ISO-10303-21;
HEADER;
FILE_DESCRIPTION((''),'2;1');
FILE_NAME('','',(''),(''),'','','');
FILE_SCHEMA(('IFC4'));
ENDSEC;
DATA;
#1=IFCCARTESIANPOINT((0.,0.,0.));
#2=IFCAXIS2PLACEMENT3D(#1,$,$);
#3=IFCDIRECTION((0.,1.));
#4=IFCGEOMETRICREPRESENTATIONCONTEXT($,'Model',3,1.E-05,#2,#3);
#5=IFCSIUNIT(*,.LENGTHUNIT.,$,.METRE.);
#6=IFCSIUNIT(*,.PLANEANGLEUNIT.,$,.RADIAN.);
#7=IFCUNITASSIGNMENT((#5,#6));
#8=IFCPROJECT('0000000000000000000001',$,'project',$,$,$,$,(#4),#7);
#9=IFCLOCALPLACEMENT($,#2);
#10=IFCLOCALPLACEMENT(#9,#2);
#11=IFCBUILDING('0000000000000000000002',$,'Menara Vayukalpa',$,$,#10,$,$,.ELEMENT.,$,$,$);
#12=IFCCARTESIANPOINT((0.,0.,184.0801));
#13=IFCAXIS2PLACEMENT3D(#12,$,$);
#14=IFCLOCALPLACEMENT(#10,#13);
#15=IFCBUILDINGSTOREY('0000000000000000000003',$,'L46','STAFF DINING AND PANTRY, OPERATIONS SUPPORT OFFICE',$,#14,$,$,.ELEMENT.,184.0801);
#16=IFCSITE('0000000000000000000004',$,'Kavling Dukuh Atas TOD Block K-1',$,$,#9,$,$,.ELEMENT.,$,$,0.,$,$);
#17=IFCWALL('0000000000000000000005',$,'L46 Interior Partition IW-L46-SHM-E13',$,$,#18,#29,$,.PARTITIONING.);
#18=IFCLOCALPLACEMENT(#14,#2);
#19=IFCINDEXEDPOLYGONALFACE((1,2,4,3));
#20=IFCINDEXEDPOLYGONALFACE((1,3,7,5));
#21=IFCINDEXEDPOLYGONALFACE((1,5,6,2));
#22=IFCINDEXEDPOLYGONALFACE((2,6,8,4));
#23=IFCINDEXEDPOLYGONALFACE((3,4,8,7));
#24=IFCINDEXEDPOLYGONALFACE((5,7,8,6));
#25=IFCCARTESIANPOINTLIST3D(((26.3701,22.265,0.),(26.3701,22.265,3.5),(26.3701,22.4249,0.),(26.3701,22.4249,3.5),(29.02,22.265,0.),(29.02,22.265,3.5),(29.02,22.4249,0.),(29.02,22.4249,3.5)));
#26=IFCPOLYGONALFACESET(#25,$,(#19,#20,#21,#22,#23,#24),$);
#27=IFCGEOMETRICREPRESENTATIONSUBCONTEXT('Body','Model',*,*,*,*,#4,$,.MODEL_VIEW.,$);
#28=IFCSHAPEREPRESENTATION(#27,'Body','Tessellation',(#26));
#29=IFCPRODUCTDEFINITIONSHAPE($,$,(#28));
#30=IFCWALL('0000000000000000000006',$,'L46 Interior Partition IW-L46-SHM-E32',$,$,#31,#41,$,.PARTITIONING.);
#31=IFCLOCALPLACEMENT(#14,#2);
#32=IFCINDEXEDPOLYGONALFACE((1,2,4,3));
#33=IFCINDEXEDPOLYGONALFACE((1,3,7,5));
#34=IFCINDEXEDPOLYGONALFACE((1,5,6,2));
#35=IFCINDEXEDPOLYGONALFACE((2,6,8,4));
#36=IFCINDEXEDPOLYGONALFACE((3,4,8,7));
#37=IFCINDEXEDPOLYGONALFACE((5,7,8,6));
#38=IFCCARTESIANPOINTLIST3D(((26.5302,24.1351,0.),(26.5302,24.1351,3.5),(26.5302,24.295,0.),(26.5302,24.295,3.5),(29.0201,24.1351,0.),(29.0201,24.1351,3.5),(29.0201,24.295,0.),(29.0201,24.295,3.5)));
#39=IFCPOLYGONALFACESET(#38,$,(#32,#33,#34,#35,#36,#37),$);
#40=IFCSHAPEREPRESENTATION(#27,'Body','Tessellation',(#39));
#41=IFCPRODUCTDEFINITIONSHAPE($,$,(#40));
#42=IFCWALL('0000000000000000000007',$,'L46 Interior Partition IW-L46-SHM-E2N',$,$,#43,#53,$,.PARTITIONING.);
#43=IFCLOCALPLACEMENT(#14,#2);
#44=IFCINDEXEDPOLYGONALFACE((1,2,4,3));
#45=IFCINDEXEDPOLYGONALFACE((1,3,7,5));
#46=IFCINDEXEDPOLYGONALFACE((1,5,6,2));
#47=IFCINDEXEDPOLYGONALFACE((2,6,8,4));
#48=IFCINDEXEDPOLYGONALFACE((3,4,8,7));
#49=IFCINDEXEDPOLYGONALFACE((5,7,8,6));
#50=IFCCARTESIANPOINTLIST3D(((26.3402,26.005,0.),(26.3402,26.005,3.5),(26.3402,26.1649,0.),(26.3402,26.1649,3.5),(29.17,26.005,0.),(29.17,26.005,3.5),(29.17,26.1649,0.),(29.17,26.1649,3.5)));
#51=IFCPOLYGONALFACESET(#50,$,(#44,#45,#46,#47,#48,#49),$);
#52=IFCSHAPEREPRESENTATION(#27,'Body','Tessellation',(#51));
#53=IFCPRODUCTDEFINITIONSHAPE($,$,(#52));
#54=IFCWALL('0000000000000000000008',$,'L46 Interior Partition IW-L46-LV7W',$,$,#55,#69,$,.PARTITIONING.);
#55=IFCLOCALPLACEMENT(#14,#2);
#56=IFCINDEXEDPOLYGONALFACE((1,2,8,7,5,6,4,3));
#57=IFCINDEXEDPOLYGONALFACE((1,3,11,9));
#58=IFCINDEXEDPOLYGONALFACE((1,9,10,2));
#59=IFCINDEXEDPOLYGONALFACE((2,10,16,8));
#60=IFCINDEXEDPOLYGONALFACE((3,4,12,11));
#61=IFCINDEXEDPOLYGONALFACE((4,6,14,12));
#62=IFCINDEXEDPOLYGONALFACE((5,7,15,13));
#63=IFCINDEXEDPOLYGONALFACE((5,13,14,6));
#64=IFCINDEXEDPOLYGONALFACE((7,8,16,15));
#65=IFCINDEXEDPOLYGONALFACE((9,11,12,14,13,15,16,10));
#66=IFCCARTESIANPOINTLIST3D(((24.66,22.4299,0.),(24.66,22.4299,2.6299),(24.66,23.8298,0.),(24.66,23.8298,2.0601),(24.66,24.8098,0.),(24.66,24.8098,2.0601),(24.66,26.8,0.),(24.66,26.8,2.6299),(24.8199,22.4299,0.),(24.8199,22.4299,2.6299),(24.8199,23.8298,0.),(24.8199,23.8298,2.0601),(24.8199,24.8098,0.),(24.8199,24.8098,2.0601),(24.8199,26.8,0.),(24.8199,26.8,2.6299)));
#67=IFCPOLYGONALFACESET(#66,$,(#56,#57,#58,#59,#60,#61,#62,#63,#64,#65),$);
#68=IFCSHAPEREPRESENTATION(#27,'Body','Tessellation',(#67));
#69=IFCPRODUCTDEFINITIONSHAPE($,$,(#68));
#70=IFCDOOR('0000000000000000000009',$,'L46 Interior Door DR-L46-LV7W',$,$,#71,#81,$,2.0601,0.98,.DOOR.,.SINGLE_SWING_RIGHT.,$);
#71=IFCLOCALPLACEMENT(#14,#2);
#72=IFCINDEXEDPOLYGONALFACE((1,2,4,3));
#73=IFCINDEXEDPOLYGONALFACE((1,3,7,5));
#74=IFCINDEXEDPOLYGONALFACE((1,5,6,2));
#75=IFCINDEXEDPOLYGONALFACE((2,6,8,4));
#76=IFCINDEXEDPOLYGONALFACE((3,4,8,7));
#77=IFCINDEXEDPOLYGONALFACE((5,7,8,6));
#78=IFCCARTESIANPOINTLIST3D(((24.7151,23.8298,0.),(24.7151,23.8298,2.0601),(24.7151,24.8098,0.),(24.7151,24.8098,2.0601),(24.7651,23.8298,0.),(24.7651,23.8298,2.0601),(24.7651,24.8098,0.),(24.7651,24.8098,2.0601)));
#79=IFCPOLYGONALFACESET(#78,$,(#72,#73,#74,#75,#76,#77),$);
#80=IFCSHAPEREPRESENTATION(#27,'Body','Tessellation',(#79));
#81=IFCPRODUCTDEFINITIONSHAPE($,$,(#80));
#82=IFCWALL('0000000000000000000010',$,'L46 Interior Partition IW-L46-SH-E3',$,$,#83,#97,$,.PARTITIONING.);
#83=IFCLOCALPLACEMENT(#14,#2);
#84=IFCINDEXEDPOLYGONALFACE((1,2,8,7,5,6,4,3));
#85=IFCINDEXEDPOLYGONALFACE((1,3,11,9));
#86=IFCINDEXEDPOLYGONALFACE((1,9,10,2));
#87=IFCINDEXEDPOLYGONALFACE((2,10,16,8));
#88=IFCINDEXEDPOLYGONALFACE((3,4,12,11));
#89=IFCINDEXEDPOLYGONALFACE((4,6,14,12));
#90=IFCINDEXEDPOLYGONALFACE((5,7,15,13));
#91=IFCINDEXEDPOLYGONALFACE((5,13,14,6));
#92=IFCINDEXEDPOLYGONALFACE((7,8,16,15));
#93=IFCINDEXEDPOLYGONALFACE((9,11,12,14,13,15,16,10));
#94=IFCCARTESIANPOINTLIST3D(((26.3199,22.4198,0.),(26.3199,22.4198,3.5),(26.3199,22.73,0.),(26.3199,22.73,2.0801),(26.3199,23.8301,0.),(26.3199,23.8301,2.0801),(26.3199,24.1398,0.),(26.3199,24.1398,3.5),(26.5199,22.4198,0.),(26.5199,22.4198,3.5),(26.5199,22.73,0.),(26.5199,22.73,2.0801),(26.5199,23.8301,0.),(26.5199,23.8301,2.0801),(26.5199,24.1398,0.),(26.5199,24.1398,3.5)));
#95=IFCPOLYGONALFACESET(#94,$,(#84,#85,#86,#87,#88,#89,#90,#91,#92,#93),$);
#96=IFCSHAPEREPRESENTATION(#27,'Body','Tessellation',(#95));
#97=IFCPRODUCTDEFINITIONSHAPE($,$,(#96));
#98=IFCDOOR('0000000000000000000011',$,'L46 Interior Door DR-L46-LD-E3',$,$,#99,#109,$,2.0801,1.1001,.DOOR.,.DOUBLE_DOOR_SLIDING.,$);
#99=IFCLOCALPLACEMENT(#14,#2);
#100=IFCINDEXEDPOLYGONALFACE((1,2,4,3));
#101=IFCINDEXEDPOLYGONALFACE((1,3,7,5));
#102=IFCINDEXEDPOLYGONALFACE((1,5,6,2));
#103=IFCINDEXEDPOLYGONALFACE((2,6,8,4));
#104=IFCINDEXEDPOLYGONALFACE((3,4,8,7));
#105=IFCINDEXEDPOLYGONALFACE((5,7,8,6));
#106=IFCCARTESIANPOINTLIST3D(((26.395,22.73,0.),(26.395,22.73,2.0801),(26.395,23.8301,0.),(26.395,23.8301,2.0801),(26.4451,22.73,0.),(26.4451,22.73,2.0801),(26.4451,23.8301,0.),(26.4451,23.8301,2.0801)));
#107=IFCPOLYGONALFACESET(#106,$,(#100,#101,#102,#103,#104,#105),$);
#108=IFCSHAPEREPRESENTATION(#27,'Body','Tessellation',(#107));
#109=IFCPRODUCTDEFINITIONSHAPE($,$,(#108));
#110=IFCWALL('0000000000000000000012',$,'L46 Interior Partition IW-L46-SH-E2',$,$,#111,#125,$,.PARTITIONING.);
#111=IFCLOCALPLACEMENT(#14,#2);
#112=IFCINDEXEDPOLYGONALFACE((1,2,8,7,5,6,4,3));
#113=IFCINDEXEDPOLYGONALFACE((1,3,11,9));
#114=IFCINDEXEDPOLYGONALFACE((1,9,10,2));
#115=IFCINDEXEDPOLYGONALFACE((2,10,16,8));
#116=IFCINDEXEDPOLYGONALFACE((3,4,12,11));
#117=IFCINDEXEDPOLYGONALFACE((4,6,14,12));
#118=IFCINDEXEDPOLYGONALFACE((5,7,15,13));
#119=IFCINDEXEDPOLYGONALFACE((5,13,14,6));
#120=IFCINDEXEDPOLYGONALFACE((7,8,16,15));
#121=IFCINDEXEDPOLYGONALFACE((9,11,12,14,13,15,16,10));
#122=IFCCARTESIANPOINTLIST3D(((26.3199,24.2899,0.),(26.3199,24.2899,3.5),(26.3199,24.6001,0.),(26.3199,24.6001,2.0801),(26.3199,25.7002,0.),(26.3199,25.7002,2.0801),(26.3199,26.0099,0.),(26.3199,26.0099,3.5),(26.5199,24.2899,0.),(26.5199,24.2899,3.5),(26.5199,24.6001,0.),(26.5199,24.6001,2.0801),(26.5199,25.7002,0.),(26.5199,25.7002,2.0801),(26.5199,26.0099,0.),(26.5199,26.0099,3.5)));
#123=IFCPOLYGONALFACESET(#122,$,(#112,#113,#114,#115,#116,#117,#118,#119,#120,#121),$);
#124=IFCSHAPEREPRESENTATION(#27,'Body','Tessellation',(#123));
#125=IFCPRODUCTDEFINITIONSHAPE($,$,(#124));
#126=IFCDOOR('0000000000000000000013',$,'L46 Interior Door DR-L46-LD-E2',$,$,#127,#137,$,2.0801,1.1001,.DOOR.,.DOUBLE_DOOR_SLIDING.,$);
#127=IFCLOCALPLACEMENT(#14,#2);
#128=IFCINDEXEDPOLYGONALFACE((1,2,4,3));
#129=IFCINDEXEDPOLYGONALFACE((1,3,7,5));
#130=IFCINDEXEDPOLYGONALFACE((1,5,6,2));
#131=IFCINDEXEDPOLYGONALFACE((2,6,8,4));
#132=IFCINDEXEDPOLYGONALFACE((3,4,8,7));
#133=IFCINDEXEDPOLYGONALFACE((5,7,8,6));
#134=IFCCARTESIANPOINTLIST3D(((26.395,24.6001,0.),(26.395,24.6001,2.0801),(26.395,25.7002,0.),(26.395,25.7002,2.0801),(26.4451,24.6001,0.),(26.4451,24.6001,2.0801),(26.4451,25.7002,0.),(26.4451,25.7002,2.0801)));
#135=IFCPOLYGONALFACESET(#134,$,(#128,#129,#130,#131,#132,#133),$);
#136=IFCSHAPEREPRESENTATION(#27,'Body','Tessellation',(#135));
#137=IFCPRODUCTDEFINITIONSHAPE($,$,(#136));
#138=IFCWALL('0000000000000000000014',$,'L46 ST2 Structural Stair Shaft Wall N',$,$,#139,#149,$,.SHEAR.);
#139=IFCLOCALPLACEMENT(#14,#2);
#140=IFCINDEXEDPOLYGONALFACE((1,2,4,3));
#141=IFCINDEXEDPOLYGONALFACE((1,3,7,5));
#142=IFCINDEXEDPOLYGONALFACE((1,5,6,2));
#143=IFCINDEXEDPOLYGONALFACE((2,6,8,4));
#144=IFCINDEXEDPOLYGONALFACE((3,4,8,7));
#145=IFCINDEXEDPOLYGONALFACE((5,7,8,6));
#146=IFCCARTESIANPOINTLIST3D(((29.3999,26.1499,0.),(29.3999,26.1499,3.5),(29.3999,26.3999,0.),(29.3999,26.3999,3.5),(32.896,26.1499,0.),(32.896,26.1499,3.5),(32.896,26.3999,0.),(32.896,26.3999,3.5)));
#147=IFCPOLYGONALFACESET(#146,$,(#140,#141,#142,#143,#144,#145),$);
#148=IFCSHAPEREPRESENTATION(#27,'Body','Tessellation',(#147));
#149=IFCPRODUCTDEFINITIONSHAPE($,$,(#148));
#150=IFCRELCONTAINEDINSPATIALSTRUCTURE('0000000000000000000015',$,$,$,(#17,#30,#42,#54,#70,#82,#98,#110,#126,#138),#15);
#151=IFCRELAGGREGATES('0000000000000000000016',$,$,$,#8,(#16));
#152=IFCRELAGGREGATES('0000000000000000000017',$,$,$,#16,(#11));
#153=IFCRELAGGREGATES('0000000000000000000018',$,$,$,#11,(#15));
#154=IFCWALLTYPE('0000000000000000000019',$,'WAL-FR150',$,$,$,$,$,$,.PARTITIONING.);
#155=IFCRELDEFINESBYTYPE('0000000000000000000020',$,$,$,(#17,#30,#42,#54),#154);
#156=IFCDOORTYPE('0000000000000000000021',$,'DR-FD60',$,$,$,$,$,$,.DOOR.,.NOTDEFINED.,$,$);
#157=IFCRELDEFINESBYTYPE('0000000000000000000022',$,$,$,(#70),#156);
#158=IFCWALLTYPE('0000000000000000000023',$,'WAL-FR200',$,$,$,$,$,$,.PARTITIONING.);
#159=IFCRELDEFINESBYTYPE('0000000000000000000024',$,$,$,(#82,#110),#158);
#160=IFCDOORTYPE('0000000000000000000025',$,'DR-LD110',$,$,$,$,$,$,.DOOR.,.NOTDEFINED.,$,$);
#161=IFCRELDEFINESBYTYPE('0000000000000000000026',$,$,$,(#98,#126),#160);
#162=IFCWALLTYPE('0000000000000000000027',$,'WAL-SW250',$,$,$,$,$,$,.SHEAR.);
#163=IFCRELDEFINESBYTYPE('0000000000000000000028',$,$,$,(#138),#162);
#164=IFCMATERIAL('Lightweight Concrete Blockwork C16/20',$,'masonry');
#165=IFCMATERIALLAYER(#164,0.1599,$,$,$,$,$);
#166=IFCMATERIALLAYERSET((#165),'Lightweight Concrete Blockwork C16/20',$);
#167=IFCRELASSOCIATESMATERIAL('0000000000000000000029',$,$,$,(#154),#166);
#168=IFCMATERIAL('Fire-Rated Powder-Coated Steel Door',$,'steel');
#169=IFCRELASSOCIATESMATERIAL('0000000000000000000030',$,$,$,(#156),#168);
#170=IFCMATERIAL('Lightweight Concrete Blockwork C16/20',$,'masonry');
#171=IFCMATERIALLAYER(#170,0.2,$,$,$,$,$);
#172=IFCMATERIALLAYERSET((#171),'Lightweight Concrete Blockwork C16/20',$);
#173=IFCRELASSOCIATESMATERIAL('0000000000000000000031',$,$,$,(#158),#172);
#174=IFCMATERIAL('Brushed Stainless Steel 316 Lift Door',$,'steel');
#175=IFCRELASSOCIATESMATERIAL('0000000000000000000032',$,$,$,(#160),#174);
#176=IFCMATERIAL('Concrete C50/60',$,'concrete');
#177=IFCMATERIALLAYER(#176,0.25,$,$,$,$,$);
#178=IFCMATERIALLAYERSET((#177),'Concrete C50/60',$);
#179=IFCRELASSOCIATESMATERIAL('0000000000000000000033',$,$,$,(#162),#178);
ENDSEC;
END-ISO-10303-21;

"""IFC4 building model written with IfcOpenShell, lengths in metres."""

from ifc_helpers import new_model, si_unit, direction, frame, frame_2d, origin, place, context, subcontext, project, spatial, rectangle, extrude, material, layer, layer_set, type_object, element, fill, save


model = new_model("IFC4")

# Units and contexts
model_context = context("Model", 3, precision=1e-05, world=origin(), true_north=direction((0.0, 1.0)))
body_context = subcontext(model_context, "Body", "Model", "MODEL_VIEW")
ifc_project = project(units=[si_unit("LENGTHUNIT", "METRE"), si_unit("PLANEANGLEUNIT", "RADIAN")], contexts=[model_context])

# Site, building, storey
site_placement = place(None, origin())
site = spatial("IfcSite", under=ifc_project, at=site_placement, Name="Kavling Dukuh Atas TOD Block K-1", CompositionType="ELEMENT", RefElevation=0.0)
building_placement = place(site_placement, origin())
building = spatial("IfcBuilding", under=site, at=building_placement, Name="Menara Vayukalpa", CompositionType="ELEMENT")
storey_placement = place(building_placement, frame((0.0, 0.0, 184.0801)))
storey = spatial("IfcBuildingStorey", under=building, at=storey_placement, Name="L46", Description="STAFF DINING AND PANTRY, OPERATIONS SUPPORT OFFICE", CompositionType="ELEMENT", Elevation=184.0801)

# Walls
ifc_material_1 = material(Name="Lightweight Concrete Blockwork C16/20", Category="masonry")
ifc_layer_1 = layer(ifc_material_1, 0.1599)
ifc_layer_set_1 = layer_set([ifc_layer_1], Name="Lightweight Concrete Blockwork C16/20")
wall_type_1 = type_object("IfcWallType", Name="WAL-FR150", PredefinedType="PARTITIONING", material=ifc_layer_set_1)
wall_1_placement = place(storey_placement, frame((26.3701, 22.345, 0.0), z_axis=(0.0, 0.0, 1.0), x_axis=(1.0, 0.0, 0.0)))
element("IfcWall", 1, at=wall_1_placement, inside=storey, type_object=wall_type_1, Name="L46 Interior Partition IW-L46-SHM-E13", PredefinedType="PARTITIONING", context=body_context, shape_type="SweptSolid", body=[
    extrude(rectangle(XDim=2.6499, YDim=0.1599, at=frame_2d((1.325, 0.0))), origin(), (0.0, 0.0, 1.0), 3.5),
])
wall_2_placement = place(storey_placement, frame((26.53, 24.2151, 0.0), z_axis=(0.0, 0.0, 1.0), x_axis=(1.0, 0.0, 0.0)))
element("IfcWall", 2, at=wall_2_placement, inside=storey, type_object=wall_type_1, Name="L46 Interior Partition IW-L46-SHM-E32", PredefinedType="PARTITIONING", context=body_context, shape_type="SweptSolid", body=[
    extrude(rectangle(XDim=2.49, YDim=0.1599, at=frame_2d((1.2451, 0.0))), origin(), (0.0, 0.0, 1.0), 3.5),
])
wall_3_placement = place(storey_placement, frame((26.3401, 26.085, 0.0), z_axis=(0.0, 0.0, 1.0), x_axis=(1.0, 0.0, 0.0)))
element("IfcWall", 3, at=wall_3_placement, inside=storey, type_object=wall_type_1, Name="L46 Interior Partition IW-L46-SHM-E2N", PredefinedType="PARTITIONING", context=body_context, shape_type="SweptSolid", body=[
    extrude(rectangle(XDim=2.8298, YDim=0.1599, at=frame_2d((1.415, 0.0))), origin(), (0.0, 0.0, 1.0), 3.5),
])

# Walls, openings, doors
wall_4_placement = place(storey_placement, frame((24.74, 22.4299, 0.0), z_axis=(0.0, 0.0, 1.0), x_axis=(0.0, 1.0, 0.0)))
wall_4 = element("IfcWall", 4, at=wall_4_placement, inside=storey, type_object=wall_type_1, Name="L46 Interior Partition IW-L46-LV7W", PredefinedType="PARTITIONING", context=body_context, shape_type="SweptSolid", body=[
    extrude(rectangle(XDim=4.3701, YDim=0.1599, at=frame_2d((2.1851, 0.0))), origin(), (0.0, 0.0, 1.0), 2.6299),
])
opening_1_placement = place(wall_4_placement, frame((1.3999, 0.0, 0.0)))
opening_1 = element("IfcOpeningElement", 5, at=opening_1_placement, cuts=wall_4, PredefinedType="OPENING", context=body_context, shape_type="SweptSolid", body=[
    extrude(rectangle(XDim=0.98, YDim=2.0601, at=frame_2d((0.49, 1.03))), frame((0.0, 0.0898, 0.0), z_axis=(0.0, -1.0, 0.0), x_axis=(1.0, 0.0, 0.0)), (0.0, 0.0, 1.0), 0.1799),
])
ifc_material_2 = material(Name="Fire-Rated Powder-Coated Steel Door", Category="steel")
door_type_1 = type_object("IfcDoorType", Name="DR-FD60", OperationType="NOTDEFINED", PredefinedType="DOOR", material=ifc_material_2)
door_1_placement = place(opening_1_placement, origin())
door_1 = element("IfcDoor", 6, at=door_1_placement, inside=storey, type_object=door_type_1, Name="L46 Interior Door DR-L46-LV7W", OperationType="SINGLE_SWING_RIGHT", OverallHeight=2.0601, OverallWidth=0.98, PredefinedType="DOOR", context=body_context, shape_type="SweptSolid", body=[
    extrude(rectangle(XDim=0.98, YDim=2.0601, at=frame_2d((0.49, 1.03))), frame((0.0, 0.0249, 0.0), z_axis=(0.0, -1.0, 0.0), x_axis=(1.0, 0.0, 0.0)), (0.0, 0.0, 1.0), 0.05),
])
fill(opening_1, door_1)
ifc_material_3 = material(Name="Lightweight Concrete Blockwork C16/20", Category="masonry")
ifc_layer_2 = layer(ifc_material_3, 0.2)
ifc_layer_set_2 = layer_set([ifc_layer_2], Name="Lightweight Concrete Blockwork C16/20")
wall_type_2 = type_object("IfcWallType", Name="WAL-FR200", PredefinedType="PARTITIONING", material=ifc_layer_set_2)
wall_5_placement = place(storey_placement, frame((26.4199, 22.4199, 0.0), z_axis=(0.0, 0.0, 1.0), x_axis=(0.0, 1.0, 0.0)))
wall_5 = element("IfcWall", 7, at=wall_5_placement, inside=storey, type_object=wall_type_2, Name="L46 Interior Partition IW-L46-SH-E3", PredefinedType="PARTITIONING", context=body_context, shape_type="SweptSolid", body=[
    extrude(rectangle(XDim=1.72, YDim=0.2, at=frame_2d((0.8599, 0.0))), origin(), (0.0, 0.0, 1.0), 3.5),
])
opening_2_placement = place(wall_5_placement, frame((0.3101, 0.0, 0.0)))
opening_2 = element("IfcOpeningElement", 8, at=opening_2_placement, cuts=wall_5, PredefinedType="OPENING", context=body_context, shape_type="SweptSolid", body=[
    extrude(rectangle(XDim=1.1001, YDim=2.0801, at=frame_2d((0.55, 1.04))), frame((0.0, 0.1099, 0.0), z_axis=(0.0, -1.0, 0.0), x_axis=(1.0, 0.0, 0.0)), (0.0, 0.0, 1.0), 0.22),
])
ifc_material_4 = material(Name="Brushed Stainless Steel 316 Lift Door", Category="steel")
door_type_2 = type_object("IfcDoorType", Name="DR-LD110", OperationType="NOTDEFINED", PredefinedType="DOOR", material=ifc_material_4)
door_2_placement = place(opening_2_placement, origin())
door_2 = element("IfcDoor", 9, at=door_2_placement, inside=storey, type_object=door_type_2, Name="L46 Interior Door DR-L46-LD-E3", OperationType="DOUBLE_DOOR_SLIDING", OverallHeight=2.0801, OverallWidth=1.1001, PredefinedType="DOOR", context=body_context, shape_type="SweptSolid", body=[
    extrude(rectangle(XDim=1.1001, YDim=2.0801, at=frame_2d((0.55, 1.04))), frame((0.0, 0.0249, 0.0), z_axis=(0.0, -1.0, 0.0), x_axis=(1.0, 0.0, 0.0)), (0.0, 0.0, 1.0), 0.05),
])
fill(opening_2, door_2)
wall_6_placement = place(storey_placement, frame((26.4199, 24.29, 0.0), z_axis=(0.0, 0.0, 1.0), x_axis=(0.0, 1.0, 0.0)))
wall_6 = element("IfcWall", 10, at=wall_6_placement, inside=storey, type_object=wall_type_2, Name="L46 Interior Partition IW-L46-SH-E2", PredefinedType="PARTITIONING", context=body_context, shape_type="SweptSolid", body=[
    extrude(rectangle(XDim=1.72, YDim=0.2, at=frame_2d((0.8599, 0.0))), origin(), (0.0, 0.0, 1.0), 3.5),
])
opening_3_placement = place(wall_6_placement, frame((0.3101, 0.0, 0.0)))
opening_3 = element("IfcOpeningElement", 11, at=opening_3_placement, cuts=wall_6, PredefinedType="OPENING", context=body_context, shape_type="SweptSolid", body=[
    extrude(rectangle(XDim=1.1001, YDim=2.0801, at=frame_2d((0.55, 1.04))), frame((0.0, 0.1099, 0.0), z_axis=(0.0, -1.0, 0.0), x_axis=(1.0, 0.0, 0.0)), (0.0, 0.0, 1.0), 0.22),
])
door_3_placement = place(opening_3_placement, origin())
door_3 = element("IfcDoor", 12, at=door_3_placement, inside=storey, type_object=door_type_2, Name="L46 Interior Door DR-L46-LD-E2", OperationType="DOUBLE_DOOR_SLIDING", OverallHeight=2.0801, OverallWidth=1.1001, PredefinedType="DOOR", context=body_context, shape_type="SweptSolid", body=[
    extrude(rectangle(XDim=1.1001, YDim=2.0801, at=frame_2d((0.55, 1.04))), frame((0.0, 0.0249, 0.0), z_axis=(0.0, -1.0, 0.0), x_axis=(1.0, 0.0, 0.0)), (0.0, 0.0, 1.0), 0.05),
])
fill(opening_3, door_3)

# Wall
ifc_material_5 = material(Name="Concrete C50/60", Category="concrete")
ifc_layer_3 = layer(ifc_material_5, 0.25)
ifc_layer_set_3 = layer_set([ifc_layer_3], Name="Concrete C50/60")
wall_type_3 = type_object("IfcWallType", Name="WAL-SW250", PredefinedType="SHEAR", material=ifc_layer_set_3)
wall_7_placement = place(storey_placement, frame((29.3999, 26.2749, 0.0), z_axis=(0.0, 0.0, 1.0), x_axis=(1.0, 0.0, 0.0)))
element("IfcWall", 13, at=wall_7_placement, inside=storey, type_object=wall_type_3, Name="L46 ST2 Structural Stair Shaft Wall N", PredefinedType="SHEAR", context=body_context, shape_type="SweptSolid", body=[
    extrude(rectangle(XDim=3.4961, YDim=0.25, at=frame_2d((1.748, 0.0))), origin(), (0.0, 0.0, 1.0), 3.5),
])

save(model, "model.ifc")
